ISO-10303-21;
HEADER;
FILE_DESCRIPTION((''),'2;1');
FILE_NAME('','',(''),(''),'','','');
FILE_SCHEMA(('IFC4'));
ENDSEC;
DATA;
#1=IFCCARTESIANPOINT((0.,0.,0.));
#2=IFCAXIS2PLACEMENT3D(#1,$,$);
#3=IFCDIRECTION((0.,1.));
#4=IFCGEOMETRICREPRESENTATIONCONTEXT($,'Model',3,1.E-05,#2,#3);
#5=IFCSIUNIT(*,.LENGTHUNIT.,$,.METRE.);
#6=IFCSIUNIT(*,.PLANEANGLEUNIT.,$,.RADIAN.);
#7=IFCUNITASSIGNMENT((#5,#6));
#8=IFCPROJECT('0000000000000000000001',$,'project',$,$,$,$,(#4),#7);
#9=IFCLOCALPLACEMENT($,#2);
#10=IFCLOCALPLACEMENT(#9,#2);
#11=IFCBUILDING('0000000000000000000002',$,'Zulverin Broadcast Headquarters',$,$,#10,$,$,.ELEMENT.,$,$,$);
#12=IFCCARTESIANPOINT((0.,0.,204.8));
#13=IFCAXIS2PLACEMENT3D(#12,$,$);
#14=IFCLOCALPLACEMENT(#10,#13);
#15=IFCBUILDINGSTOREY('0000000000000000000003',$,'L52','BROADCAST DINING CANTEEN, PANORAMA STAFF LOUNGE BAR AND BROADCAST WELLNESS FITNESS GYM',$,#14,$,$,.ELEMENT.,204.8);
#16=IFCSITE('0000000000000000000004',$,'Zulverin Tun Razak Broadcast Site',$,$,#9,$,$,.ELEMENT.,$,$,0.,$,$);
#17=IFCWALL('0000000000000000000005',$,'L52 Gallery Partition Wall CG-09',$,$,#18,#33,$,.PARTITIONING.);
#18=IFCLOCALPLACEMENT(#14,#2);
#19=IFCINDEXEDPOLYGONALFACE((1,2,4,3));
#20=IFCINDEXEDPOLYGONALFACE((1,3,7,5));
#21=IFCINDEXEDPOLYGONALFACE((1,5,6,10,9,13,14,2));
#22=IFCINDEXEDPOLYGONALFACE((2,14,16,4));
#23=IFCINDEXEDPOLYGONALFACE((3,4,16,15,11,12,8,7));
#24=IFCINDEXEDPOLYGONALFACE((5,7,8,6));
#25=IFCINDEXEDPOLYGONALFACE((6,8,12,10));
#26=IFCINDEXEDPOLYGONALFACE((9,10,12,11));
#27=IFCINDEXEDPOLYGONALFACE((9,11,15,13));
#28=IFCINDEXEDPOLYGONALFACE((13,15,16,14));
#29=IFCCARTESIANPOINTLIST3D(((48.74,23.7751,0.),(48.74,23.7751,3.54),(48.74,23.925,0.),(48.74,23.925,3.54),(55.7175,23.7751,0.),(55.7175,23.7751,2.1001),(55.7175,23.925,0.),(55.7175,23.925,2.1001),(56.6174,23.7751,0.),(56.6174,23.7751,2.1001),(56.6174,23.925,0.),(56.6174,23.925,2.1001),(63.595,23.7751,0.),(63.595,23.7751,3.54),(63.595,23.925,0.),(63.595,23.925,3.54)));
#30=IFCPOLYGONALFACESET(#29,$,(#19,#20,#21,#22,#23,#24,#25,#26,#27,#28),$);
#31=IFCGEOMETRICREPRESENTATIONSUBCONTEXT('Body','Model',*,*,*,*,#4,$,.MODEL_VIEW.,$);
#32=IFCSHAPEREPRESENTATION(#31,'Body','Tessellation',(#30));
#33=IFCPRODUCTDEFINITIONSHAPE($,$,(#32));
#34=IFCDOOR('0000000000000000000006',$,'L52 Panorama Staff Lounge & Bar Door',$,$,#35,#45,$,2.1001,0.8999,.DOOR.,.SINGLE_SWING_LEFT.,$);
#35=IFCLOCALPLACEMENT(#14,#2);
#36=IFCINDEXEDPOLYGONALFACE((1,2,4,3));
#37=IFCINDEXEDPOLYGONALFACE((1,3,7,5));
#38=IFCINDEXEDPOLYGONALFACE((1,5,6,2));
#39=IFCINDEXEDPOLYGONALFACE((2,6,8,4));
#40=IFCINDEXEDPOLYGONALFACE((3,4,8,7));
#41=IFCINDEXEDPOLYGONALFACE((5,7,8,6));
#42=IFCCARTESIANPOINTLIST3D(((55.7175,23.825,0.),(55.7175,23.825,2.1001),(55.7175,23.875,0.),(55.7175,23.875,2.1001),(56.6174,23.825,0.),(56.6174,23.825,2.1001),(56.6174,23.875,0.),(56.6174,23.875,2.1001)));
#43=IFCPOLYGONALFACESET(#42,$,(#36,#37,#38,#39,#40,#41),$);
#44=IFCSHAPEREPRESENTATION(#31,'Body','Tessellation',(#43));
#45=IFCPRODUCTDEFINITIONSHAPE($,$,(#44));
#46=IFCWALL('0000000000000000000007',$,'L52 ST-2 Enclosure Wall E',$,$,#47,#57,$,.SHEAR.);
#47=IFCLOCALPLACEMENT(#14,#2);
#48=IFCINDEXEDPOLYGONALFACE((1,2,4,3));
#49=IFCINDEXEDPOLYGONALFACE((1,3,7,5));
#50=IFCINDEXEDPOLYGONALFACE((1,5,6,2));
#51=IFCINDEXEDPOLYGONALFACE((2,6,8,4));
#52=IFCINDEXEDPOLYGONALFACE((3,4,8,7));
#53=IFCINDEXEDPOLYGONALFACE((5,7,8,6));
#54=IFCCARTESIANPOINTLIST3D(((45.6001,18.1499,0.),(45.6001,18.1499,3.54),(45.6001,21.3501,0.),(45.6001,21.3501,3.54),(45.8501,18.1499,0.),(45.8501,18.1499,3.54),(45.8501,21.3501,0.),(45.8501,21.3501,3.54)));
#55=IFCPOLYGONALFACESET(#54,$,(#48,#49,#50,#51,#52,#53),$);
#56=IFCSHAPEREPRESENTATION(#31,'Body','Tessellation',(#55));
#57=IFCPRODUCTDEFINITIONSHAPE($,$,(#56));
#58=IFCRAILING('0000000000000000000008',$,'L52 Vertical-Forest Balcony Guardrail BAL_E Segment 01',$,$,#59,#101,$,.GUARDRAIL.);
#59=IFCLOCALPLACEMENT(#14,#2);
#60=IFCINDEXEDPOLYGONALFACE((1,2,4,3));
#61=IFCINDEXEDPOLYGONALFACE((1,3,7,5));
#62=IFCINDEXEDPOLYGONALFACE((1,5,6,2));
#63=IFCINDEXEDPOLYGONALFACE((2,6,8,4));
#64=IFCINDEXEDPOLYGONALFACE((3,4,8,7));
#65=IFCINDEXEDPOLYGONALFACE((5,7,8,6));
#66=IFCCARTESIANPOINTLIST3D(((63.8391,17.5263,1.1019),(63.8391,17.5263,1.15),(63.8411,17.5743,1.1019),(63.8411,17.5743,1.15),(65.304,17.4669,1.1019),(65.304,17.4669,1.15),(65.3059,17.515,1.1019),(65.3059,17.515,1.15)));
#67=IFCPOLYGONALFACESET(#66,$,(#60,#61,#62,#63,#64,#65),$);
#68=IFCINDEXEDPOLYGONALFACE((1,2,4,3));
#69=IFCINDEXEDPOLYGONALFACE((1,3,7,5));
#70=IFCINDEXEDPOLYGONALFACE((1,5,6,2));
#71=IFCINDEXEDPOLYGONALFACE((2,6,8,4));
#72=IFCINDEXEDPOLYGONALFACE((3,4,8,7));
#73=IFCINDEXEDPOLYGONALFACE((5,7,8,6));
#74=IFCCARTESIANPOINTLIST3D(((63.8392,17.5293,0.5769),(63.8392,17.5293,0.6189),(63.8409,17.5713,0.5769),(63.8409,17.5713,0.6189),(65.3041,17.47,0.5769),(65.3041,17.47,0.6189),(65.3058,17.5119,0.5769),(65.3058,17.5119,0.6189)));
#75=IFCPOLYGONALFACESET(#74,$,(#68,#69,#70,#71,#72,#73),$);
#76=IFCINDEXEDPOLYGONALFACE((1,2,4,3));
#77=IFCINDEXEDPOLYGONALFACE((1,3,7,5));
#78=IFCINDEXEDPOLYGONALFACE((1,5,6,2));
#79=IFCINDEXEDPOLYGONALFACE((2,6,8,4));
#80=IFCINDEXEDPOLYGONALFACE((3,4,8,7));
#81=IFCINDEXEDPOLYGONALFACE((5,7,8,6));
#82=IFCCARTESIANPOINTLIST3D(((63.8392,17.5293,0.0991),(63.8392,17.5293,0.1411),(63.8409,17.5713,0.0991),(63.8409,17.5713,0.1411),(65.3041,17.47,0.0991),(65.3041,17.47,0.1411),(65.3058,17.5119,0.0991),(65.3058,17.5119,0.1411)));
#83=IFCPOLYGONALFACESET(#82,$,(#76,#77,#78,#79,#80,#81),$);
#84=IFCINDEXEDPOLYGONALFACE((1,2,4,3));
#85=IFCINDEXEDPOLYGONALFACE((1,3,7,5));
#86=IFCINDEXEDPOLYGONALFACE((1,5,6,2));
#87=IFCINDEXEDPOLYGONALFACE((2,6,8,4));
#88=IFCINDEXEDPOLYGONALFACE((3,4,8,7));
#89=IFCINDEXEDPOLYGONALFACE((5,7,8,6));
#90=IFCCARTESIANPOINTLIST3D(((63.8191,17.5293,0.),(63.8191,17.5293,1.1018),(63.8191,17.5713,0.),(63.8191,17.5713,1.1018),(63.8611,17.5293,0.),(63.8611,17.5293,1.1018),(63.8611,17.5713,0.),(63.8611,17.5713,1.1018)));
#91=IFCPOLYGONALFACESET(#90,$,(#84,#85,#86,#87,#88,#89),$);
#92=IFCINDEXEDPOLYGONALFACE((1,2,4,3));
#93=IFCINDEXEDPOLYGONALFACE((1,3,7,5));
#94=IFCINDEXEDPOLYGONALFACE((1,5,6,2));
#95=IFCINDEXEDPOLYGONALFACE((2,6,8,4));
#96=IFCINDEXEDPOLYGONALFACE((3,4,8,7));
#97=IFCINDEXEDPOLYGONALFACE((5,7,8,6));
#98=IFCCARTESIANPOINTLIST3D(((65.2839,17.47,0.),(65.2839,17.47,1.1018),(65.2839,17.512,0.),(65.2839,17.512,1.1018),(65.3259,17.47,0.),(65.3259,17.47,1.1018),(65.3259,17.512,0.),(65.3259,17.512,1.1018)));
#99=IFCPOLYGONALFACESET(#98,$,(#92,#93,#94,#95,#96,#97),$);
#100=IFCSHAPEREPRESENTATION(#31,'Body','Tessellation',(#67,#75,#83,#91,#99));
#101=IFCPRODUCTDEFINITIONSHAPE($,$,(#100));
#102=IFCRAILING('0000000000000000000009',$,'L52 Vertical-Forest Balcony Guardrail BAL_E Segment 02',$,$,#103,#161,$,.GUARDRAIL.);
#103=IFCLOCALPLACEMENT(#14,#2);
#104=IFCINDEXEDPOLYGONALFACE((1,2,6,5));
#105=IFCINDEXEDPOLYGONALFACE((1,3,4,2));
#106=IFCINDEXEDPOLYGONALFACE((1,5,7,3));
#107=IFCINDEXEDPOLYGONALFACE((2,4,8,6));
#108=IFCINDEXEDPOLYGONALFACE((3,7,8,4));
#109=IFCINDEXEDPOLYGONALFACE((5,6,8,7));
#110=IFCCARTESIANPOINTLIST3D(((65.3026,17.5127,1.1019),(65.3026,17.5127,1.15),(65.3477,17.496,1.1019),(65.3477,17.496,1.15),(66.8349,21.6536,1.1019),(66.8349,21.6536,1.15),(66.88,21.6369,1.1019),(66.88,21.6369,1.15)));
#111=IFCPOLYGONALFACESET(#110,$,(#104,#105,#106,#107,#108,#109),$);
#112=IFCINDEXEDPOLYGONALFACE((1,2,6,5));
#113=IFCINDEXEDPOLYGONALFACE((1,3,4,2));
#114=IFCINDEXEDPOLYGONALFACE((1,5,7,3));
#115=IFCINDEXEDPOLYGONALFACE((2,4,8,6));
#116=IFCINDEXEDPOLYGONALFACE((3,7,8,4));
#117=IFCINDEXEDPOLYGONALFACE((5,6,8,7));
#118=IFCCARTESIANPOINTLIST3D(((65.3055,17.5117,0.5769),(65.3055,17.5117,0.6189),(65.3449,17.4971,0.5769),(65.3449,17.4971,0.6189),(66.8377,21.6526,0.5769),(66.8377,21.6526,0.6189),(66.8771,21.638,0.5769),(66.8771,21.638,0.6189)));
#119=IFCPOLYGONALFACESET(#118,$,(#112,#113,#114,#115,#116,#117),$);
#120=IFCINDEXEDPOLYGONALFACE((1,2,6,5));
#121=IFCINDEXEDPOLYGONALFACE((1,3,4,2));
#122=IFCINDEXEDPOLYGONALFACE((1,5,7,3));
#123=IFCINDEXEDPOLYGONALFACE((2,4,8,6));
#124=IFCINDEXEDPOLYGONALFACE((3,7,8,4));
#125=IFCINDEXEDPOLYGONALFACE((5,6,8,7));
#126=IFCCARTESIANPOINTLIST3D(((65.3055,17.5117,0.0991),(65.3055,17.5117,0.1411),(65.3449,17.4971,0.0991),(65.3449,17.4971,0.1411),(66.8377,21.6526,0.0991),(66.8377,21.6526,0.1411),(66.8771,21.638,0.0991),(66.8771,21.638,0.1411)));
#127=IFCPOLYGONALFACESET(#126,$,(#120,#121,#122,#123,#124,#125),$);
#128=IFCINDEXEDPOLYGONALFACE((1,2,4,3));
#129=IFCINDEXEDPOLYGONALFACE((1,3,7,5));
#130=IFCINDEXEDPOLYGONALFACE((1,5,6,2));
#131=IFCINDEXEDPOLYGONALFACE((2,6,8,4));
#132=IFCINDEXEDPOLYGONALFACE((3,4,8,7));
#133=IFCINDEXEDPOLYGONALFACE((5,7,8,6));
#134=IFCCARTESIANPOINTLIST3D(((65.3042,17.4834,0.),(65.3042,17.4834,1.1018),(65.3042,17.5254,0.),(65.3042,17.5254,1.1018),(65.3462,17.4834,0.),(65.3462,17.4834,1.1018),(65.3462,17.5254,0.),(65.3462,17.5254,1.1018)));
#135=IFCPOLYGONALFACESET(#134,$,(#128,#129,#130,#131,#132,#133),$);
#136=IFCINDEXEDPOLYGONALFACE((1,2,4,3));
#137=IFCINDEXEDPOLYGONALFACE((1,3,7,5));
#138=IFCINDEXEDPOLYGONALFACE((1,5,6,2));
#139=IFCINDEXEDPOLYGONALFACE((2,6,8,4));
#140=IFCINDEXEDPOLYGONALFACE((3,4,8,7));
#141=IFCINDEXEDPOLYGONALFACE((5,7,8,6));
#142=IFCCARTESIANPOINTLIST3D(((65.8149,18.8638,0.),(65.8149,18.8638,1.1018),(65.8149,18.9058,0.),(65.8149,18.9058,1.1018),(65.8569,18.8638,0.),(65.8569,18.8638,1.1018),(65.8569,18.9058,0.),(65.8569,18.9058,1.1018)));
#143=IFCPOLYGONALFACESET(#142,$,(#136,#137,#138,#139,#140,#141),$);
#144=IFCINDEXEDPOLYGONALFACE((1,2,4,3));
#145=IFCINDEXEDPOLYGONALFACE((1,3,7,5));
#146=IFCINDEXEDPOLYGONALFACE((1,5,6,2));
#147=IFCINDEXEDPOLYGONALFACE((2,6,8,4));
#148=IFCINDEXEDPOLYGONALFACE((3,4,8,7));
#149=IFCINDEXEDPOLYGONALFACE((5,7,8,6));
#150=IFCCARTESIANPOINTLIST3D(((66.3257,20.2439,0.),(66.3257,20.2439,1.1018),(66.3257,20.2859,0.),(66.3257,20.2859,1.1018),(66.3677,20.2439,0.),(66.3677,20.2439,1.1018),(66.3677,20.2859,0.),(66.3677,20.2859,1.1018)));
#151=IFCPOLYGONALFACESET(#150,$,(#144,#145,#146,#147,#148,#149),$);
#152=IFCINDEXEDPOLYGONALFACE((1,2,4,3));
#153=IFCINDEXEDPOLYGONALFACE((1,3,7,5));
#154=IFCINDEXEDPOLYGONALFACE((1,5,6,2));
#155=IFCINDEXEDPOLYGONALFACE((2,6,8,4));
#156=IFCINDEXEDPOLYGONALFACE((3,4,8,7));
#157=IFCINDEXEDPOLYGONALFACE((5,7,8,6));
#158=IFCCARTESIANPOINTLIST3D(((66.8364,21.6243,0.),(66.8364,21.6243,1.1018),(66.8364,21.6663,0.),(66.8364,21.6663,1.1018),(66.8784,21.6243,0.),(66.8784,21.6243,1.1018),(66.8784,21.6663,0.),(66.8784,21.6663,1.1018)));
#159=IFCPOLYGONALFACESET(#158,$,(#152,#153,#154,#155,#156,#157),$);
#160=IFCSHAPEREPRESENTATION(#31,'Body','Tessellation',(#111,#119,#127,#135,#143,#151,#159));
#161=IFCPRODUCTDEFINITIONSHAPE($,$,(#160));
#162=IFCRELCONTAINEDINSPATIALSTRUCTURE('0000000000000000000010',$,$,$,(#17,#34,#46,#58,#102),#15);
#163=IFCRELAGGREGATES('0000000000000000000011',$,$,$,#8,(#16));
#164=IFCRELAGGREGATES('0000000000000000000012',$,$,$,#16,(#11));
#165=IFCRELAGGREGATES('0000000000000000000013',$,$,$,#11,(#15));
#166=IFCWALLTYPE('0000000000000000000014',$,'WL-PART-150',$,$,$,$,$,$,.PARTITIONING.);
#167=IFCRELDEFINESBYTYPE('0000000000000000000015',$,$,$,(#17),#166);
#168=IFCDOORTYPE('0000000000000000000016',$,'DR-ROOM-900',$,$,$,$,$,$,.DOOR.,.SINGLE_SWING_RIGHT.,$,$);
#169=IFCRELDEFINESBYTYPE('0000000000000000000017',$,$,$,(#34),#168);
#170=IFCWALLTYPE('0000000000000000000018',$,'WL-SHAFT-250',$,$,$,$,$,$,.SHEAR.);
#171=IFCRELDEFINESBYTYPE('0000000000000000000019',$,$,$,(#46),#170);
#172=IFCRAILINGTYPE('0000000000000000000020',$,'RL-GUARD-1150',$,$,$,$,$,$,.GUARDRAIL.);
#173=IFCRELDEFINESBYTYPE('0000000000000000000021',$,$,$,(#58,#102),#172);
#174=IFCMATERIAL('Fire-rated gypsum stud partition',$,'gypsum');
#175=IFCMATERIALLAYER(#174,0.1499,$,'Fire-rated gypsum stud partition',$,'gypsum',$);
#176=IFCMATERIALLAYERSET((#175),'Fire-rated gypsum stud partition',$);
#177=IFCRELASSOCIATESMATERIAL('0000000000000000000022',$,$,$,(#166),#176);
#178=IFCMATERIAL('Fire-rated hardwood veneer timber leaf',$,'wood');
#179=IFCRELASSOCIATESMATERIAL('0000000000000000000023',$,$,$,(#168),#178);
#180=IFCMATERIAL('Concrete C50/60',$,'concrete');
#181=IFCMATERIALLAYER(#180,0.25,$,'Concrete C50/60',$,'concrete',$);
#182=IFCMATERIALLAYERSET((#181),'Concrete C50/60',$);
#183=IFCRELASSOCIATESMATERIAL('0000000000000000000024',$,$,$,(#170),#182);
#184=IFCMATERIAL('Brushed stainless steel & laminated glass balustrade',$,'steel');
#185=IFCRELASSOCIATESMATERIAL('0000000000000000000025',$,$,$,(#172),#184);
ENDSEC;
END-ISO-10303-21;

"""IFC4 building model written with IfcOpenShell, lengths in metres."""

from ifc_helpers import new_model, si_unit, direction, frame, frame_2d, origin, origin_2d, place, context, subcontext, project, spatial, rectangle, extrude, material, layer, layer_set, type_object, element, fill, save


model = new_model("IFC4")

# Units and contexts
model_context = context("Model", 3, precision=1e-05, world=origin(), true_north=direction((0.0, 1.0)))
body_context = subcontext(model_context, "Body", "Model", "MODEL_VIEW")
ifc_project = project(units=[si_unit("LENGTHUNIT", "METRE"), si_unit("PLANEANGLEUNIT", "RADIAN")], contexts=[model_context])

# Site, building, storey
site_placement = place(None, origin())
site = spatial("IfcSite", under=ifc_project, at=site_placement, Name="Zulverin Tun Razak Broadcast Site", CompositionType="ELEMENT", RefElevation=0.0)
building_placement = place(site_placement, origin())
building = spatial("IfcBuilding", under=site, at=building_placement, Name="Zulverin Broadcast Headquarters", CompositionType="ELEMENT")
storey_placement = place(building_placement, frame((0.0, 0.0, 204.8)))
storey = spatial("IfcBuildingStorey", under=building, at=storey_placement, Name="L52", Description="BROADCAST DINING CANTEEN, PANORAMA STAFF LOUNGE BAR AND BROADCAST WELLNESS FITNESS GYM", CompositionType="ELEMENT", Elevation=204.8)

# Shared definitions
ifc_material_1 = material(Name="Concrete C50/60", Category="concrete")

# Wall, opening, door
ifc_material_2 = material(Name="Fire-rated gypsum stud partition", Category="gypsum")
ifc_layer_1 = layer(ifc_material_2, 0.1499, Name="Fire-rated gypsum stud partition", Category="gypsum")
ifc_layer_set_1 = layer_set([ifc_layer_1], Name="Fire-rated gypsum stud partition")
wall_type_1 = type_object("IfcWallType", Name="WL-PART-150", PredefinedType="PARTITIONING", material=ifc_layer_set_1)
wall_1_placement = place(storey_placement, frame((48.74, 23.8501, 0.0), z_axis=(0.0, 0.0, 1.0), x_axis=(1.0, 0.0, 0.0)))
wall_1 = element("IfcWall", 1, at=wall_1_placement, inside=storey, type_object=wall_type_1, Name="L52 Gallery Partition Wall CG-09", PredefinedType="PARTITIONING", context=body_context, shape_type="SweptSolid", body=[
    extrude(rectangle(XDim=14.855, YDim=0.1499, at=frame_2d((7.4275, 0.0))), origin(), (0.0, 0.0, 1.0), 3.54),
])
opening_1_placement = place(wall_1_placement, frame((6.9775, 0.0, 0.0)))
opening_1 = element("IfcOpeningElement", 2, at=opening_1_placement, cuts=wall_1, PredefinedType="OPENING", context=body_context, shape_type="SweptSolid", body=[
    extrude(rectangle(XDim=0.8999, YDim=2.1001, at=frame_2d((0.45, 1.05))), frame((0.0, 0.085, 0.0), z_axis=(0.0, -1.0, 0.0), x_axis=(1.0, 0.0, 0.0)), (0.0, 0.0, 1.0), 0.1699),
])
ifc_material_3 = material(Name="Fire-rated hardwood veneer timber leaf", Category="wood")
door_type_1 = type_object("IfcDoorType", Name="DR-ROOM-900", OperationType="SINGLE_SWING_RIGHT", PredefinedType="DOOR", material=ifc_material_3)
door_1_placement = place(opening_1_placement, origin())
door_1 = element("IfcDoor", 3, at=door_1_placement, inside=storey, type_object=door_type_1, Name="L52 Panorama Staff Lounge & Bar Door", OperationType="SINGLE_SWING_LEFT", OverallHeight=2.1001, OverallWidth=0.8999, PredefinedType="DOOR", context=body_context, shape_type="SweptSolid", body=[
    extrude(rectangle(XDim=0.8999, YDim=2.1001, at=frame_2d((0.45, 1.05))), frame((0.0, 0.0249, 0.0), z_axis=(0.0, -1.0, 0.0), x_axis=(1.0, 0.0, 0.0)), (0.0, 0.0, 1.0), 0.05),
])
fill(opening_1, door_1)

# Wall
ifc_layer_2 = layer(ifc_material_1, 0.25, Name="Concrete C50/60", Category="concrete")
ifc_layer_set_2 = layer_set([ifc_layer_2], Name="Concrete C50/60")
wall_type_2 = type_object("IfcWallType", Name="WL-SHAFT-250", PredefinedType="SHEAR", material=ifc_layer_set_2)
wall_2_placement = place(storey_placement, frame((45.7251, 18.1499, 0.0), z_axis=(0.0, 0.0, 1.0), x_axis=(0.0, 1.0, 0.0)))
element("IfcWall", 4, at=wall_2_placement, inside=storey, type_object=wall_type_2, Name="L52 ST-2 Enclosure Wall E", PredefinedType="SHEAR", context=body_context, shape_type="SweptSolid", body=[
    extrude(rectangle(XDim=3.2002, YDim=0.25, at=frame_2d((1.6001, 0.0))), origin(), (0.0, 0.0, 1.0), 3.54),
])

# Railings
ifc_material_4 = material(Name="Brushed stainless steel & laminated glass balustrade", Category="steel")
railing_type = type_object("IfcRailingType", Name="RL-GUARD-1150", PredefinedType="GUARDRAIL", material=ifc_material_4)
railing_1_placement = place(storey_placement, frame((63.8401, 17.5503, 0.0)))
element("IfcRailing", 5, at=railing_1_placement, inside=storey, type_object=railing_type, Name="L52 Vertical-Forest Balcony Guardrail BAL_E Segment 01", PredefinedType="GUARDRAIL", context=body_context, shape_type="SweptSolid", body=[
    extrude(rectangle(XDim=0.0481, YDim=0.0481, at=origin_2d()), frame((0.0, 0.0, 1.126), z_axis=(0.999181, -0.040467, 0.0), x_axis=(0.040467, 0.999181, 0.0)), (0.0, 0.0, 1.0), 1.4661),
    extrude(rectangle(XDim=0.042, YDim=0.042, at=origin_2d()), frame((0.0, 0.0, 0.5979), z_axis=(0.999181, -0.040467, 0.0), x_axis=(0.040467, 0.999181, 0.0)), (0.0, 0.0, 1.0), 1.4661),
    extrude(rectangle(XDim=0.042, YDim=0.042, at=origin_2d()), frame((0.0, 0.0, 0.1201), z_axis=(0.999181, -0.040467, 0.0), x_axis=(0.040467, 0.999181, 0.0)), (0.0, 0.0, 1.0), 1.4661),
    extrude(rectangle(XDim=0.042, YDim=0.042, at=origin_2d()), origin(), (0.0, 0.0, 1.0), 1.1018),
    extrude(rectangle(XDim=0.042, YDim=0.042, at=origin_2d()), frame((1.4648, -0.0593, 0.0)), (0.0, 0.0, 1.0), 1.1018),
])
railing_2_placement = place(storey_placement, frame((65.3252, 17.5044, 0.0)))
element("IfcRailing", 6, at=railing_2_placement, inside=storey, type_object=railing_type, Name="L52 Vertical-Forest Balcony Guardrail BAL_E Segment 02", PredefinedType="GUARDRAIL", context=body_context, shape_type="SweptSolid", body=[
    extrude(rectangle(XDim=0.0481, YDim=0.0481, at=origin_2d()), frame((0.0, 0.0, 1.126), z_axis=(0.34703, 0.937854, 0.0), x_axis=(-0.937854, 0.34703, 0.0)), (0.0, 0.0, 1.0), 4.4153),
    extrude(rectangle(XDim=0.042, YDim=0.042, at=origin_2d()), frame((0.0, 0.0, 0.5979), z_axis=(0.34703, 0.937854, 0.0), x_axis=(-0.937854, 0.34703, 0.0)), (0.0, 0.0, 1.0), 4.4153),
    extrude(rectangle(XDim=0.042, YDim=0.042, at=origin_2d()), frame((0.0, 0.0, 0.1201), z_axis=(0.34703, 0.937854, 0.0), x_axis=(-0.937854, 0.34703, 0.0)), (0.0, 0.0, 1.0), 4.4153),
    extrude(rectangle(XDim=0.042, YDim=0.042, at=origin_2d()), origin(), (0.0, 0.0, 1.0), 1.1018),
    extrude(rectangle(XDim=0.042, YDim=0.042, at=origin_2d()), frame((0.5107, 1.3804, 0.0)), (0.0, 0.0, 1.0), 1.1018),
    extrude(rectangle(XDim=0.042, YDim=0.042, at=origin_2d()), frame((1.0215, 2.7605, 0.0)), (0.0, 0.0, 1.0), 1.1018),
    extrude(rectangle(XDim=0.042, YDim=0.042, at=origin_2d()), frame((1.5322, 4.1409, 0.0)), (0.0, 0.0, 1.0), 1.1018),
])

save(model, "model.ifc")
